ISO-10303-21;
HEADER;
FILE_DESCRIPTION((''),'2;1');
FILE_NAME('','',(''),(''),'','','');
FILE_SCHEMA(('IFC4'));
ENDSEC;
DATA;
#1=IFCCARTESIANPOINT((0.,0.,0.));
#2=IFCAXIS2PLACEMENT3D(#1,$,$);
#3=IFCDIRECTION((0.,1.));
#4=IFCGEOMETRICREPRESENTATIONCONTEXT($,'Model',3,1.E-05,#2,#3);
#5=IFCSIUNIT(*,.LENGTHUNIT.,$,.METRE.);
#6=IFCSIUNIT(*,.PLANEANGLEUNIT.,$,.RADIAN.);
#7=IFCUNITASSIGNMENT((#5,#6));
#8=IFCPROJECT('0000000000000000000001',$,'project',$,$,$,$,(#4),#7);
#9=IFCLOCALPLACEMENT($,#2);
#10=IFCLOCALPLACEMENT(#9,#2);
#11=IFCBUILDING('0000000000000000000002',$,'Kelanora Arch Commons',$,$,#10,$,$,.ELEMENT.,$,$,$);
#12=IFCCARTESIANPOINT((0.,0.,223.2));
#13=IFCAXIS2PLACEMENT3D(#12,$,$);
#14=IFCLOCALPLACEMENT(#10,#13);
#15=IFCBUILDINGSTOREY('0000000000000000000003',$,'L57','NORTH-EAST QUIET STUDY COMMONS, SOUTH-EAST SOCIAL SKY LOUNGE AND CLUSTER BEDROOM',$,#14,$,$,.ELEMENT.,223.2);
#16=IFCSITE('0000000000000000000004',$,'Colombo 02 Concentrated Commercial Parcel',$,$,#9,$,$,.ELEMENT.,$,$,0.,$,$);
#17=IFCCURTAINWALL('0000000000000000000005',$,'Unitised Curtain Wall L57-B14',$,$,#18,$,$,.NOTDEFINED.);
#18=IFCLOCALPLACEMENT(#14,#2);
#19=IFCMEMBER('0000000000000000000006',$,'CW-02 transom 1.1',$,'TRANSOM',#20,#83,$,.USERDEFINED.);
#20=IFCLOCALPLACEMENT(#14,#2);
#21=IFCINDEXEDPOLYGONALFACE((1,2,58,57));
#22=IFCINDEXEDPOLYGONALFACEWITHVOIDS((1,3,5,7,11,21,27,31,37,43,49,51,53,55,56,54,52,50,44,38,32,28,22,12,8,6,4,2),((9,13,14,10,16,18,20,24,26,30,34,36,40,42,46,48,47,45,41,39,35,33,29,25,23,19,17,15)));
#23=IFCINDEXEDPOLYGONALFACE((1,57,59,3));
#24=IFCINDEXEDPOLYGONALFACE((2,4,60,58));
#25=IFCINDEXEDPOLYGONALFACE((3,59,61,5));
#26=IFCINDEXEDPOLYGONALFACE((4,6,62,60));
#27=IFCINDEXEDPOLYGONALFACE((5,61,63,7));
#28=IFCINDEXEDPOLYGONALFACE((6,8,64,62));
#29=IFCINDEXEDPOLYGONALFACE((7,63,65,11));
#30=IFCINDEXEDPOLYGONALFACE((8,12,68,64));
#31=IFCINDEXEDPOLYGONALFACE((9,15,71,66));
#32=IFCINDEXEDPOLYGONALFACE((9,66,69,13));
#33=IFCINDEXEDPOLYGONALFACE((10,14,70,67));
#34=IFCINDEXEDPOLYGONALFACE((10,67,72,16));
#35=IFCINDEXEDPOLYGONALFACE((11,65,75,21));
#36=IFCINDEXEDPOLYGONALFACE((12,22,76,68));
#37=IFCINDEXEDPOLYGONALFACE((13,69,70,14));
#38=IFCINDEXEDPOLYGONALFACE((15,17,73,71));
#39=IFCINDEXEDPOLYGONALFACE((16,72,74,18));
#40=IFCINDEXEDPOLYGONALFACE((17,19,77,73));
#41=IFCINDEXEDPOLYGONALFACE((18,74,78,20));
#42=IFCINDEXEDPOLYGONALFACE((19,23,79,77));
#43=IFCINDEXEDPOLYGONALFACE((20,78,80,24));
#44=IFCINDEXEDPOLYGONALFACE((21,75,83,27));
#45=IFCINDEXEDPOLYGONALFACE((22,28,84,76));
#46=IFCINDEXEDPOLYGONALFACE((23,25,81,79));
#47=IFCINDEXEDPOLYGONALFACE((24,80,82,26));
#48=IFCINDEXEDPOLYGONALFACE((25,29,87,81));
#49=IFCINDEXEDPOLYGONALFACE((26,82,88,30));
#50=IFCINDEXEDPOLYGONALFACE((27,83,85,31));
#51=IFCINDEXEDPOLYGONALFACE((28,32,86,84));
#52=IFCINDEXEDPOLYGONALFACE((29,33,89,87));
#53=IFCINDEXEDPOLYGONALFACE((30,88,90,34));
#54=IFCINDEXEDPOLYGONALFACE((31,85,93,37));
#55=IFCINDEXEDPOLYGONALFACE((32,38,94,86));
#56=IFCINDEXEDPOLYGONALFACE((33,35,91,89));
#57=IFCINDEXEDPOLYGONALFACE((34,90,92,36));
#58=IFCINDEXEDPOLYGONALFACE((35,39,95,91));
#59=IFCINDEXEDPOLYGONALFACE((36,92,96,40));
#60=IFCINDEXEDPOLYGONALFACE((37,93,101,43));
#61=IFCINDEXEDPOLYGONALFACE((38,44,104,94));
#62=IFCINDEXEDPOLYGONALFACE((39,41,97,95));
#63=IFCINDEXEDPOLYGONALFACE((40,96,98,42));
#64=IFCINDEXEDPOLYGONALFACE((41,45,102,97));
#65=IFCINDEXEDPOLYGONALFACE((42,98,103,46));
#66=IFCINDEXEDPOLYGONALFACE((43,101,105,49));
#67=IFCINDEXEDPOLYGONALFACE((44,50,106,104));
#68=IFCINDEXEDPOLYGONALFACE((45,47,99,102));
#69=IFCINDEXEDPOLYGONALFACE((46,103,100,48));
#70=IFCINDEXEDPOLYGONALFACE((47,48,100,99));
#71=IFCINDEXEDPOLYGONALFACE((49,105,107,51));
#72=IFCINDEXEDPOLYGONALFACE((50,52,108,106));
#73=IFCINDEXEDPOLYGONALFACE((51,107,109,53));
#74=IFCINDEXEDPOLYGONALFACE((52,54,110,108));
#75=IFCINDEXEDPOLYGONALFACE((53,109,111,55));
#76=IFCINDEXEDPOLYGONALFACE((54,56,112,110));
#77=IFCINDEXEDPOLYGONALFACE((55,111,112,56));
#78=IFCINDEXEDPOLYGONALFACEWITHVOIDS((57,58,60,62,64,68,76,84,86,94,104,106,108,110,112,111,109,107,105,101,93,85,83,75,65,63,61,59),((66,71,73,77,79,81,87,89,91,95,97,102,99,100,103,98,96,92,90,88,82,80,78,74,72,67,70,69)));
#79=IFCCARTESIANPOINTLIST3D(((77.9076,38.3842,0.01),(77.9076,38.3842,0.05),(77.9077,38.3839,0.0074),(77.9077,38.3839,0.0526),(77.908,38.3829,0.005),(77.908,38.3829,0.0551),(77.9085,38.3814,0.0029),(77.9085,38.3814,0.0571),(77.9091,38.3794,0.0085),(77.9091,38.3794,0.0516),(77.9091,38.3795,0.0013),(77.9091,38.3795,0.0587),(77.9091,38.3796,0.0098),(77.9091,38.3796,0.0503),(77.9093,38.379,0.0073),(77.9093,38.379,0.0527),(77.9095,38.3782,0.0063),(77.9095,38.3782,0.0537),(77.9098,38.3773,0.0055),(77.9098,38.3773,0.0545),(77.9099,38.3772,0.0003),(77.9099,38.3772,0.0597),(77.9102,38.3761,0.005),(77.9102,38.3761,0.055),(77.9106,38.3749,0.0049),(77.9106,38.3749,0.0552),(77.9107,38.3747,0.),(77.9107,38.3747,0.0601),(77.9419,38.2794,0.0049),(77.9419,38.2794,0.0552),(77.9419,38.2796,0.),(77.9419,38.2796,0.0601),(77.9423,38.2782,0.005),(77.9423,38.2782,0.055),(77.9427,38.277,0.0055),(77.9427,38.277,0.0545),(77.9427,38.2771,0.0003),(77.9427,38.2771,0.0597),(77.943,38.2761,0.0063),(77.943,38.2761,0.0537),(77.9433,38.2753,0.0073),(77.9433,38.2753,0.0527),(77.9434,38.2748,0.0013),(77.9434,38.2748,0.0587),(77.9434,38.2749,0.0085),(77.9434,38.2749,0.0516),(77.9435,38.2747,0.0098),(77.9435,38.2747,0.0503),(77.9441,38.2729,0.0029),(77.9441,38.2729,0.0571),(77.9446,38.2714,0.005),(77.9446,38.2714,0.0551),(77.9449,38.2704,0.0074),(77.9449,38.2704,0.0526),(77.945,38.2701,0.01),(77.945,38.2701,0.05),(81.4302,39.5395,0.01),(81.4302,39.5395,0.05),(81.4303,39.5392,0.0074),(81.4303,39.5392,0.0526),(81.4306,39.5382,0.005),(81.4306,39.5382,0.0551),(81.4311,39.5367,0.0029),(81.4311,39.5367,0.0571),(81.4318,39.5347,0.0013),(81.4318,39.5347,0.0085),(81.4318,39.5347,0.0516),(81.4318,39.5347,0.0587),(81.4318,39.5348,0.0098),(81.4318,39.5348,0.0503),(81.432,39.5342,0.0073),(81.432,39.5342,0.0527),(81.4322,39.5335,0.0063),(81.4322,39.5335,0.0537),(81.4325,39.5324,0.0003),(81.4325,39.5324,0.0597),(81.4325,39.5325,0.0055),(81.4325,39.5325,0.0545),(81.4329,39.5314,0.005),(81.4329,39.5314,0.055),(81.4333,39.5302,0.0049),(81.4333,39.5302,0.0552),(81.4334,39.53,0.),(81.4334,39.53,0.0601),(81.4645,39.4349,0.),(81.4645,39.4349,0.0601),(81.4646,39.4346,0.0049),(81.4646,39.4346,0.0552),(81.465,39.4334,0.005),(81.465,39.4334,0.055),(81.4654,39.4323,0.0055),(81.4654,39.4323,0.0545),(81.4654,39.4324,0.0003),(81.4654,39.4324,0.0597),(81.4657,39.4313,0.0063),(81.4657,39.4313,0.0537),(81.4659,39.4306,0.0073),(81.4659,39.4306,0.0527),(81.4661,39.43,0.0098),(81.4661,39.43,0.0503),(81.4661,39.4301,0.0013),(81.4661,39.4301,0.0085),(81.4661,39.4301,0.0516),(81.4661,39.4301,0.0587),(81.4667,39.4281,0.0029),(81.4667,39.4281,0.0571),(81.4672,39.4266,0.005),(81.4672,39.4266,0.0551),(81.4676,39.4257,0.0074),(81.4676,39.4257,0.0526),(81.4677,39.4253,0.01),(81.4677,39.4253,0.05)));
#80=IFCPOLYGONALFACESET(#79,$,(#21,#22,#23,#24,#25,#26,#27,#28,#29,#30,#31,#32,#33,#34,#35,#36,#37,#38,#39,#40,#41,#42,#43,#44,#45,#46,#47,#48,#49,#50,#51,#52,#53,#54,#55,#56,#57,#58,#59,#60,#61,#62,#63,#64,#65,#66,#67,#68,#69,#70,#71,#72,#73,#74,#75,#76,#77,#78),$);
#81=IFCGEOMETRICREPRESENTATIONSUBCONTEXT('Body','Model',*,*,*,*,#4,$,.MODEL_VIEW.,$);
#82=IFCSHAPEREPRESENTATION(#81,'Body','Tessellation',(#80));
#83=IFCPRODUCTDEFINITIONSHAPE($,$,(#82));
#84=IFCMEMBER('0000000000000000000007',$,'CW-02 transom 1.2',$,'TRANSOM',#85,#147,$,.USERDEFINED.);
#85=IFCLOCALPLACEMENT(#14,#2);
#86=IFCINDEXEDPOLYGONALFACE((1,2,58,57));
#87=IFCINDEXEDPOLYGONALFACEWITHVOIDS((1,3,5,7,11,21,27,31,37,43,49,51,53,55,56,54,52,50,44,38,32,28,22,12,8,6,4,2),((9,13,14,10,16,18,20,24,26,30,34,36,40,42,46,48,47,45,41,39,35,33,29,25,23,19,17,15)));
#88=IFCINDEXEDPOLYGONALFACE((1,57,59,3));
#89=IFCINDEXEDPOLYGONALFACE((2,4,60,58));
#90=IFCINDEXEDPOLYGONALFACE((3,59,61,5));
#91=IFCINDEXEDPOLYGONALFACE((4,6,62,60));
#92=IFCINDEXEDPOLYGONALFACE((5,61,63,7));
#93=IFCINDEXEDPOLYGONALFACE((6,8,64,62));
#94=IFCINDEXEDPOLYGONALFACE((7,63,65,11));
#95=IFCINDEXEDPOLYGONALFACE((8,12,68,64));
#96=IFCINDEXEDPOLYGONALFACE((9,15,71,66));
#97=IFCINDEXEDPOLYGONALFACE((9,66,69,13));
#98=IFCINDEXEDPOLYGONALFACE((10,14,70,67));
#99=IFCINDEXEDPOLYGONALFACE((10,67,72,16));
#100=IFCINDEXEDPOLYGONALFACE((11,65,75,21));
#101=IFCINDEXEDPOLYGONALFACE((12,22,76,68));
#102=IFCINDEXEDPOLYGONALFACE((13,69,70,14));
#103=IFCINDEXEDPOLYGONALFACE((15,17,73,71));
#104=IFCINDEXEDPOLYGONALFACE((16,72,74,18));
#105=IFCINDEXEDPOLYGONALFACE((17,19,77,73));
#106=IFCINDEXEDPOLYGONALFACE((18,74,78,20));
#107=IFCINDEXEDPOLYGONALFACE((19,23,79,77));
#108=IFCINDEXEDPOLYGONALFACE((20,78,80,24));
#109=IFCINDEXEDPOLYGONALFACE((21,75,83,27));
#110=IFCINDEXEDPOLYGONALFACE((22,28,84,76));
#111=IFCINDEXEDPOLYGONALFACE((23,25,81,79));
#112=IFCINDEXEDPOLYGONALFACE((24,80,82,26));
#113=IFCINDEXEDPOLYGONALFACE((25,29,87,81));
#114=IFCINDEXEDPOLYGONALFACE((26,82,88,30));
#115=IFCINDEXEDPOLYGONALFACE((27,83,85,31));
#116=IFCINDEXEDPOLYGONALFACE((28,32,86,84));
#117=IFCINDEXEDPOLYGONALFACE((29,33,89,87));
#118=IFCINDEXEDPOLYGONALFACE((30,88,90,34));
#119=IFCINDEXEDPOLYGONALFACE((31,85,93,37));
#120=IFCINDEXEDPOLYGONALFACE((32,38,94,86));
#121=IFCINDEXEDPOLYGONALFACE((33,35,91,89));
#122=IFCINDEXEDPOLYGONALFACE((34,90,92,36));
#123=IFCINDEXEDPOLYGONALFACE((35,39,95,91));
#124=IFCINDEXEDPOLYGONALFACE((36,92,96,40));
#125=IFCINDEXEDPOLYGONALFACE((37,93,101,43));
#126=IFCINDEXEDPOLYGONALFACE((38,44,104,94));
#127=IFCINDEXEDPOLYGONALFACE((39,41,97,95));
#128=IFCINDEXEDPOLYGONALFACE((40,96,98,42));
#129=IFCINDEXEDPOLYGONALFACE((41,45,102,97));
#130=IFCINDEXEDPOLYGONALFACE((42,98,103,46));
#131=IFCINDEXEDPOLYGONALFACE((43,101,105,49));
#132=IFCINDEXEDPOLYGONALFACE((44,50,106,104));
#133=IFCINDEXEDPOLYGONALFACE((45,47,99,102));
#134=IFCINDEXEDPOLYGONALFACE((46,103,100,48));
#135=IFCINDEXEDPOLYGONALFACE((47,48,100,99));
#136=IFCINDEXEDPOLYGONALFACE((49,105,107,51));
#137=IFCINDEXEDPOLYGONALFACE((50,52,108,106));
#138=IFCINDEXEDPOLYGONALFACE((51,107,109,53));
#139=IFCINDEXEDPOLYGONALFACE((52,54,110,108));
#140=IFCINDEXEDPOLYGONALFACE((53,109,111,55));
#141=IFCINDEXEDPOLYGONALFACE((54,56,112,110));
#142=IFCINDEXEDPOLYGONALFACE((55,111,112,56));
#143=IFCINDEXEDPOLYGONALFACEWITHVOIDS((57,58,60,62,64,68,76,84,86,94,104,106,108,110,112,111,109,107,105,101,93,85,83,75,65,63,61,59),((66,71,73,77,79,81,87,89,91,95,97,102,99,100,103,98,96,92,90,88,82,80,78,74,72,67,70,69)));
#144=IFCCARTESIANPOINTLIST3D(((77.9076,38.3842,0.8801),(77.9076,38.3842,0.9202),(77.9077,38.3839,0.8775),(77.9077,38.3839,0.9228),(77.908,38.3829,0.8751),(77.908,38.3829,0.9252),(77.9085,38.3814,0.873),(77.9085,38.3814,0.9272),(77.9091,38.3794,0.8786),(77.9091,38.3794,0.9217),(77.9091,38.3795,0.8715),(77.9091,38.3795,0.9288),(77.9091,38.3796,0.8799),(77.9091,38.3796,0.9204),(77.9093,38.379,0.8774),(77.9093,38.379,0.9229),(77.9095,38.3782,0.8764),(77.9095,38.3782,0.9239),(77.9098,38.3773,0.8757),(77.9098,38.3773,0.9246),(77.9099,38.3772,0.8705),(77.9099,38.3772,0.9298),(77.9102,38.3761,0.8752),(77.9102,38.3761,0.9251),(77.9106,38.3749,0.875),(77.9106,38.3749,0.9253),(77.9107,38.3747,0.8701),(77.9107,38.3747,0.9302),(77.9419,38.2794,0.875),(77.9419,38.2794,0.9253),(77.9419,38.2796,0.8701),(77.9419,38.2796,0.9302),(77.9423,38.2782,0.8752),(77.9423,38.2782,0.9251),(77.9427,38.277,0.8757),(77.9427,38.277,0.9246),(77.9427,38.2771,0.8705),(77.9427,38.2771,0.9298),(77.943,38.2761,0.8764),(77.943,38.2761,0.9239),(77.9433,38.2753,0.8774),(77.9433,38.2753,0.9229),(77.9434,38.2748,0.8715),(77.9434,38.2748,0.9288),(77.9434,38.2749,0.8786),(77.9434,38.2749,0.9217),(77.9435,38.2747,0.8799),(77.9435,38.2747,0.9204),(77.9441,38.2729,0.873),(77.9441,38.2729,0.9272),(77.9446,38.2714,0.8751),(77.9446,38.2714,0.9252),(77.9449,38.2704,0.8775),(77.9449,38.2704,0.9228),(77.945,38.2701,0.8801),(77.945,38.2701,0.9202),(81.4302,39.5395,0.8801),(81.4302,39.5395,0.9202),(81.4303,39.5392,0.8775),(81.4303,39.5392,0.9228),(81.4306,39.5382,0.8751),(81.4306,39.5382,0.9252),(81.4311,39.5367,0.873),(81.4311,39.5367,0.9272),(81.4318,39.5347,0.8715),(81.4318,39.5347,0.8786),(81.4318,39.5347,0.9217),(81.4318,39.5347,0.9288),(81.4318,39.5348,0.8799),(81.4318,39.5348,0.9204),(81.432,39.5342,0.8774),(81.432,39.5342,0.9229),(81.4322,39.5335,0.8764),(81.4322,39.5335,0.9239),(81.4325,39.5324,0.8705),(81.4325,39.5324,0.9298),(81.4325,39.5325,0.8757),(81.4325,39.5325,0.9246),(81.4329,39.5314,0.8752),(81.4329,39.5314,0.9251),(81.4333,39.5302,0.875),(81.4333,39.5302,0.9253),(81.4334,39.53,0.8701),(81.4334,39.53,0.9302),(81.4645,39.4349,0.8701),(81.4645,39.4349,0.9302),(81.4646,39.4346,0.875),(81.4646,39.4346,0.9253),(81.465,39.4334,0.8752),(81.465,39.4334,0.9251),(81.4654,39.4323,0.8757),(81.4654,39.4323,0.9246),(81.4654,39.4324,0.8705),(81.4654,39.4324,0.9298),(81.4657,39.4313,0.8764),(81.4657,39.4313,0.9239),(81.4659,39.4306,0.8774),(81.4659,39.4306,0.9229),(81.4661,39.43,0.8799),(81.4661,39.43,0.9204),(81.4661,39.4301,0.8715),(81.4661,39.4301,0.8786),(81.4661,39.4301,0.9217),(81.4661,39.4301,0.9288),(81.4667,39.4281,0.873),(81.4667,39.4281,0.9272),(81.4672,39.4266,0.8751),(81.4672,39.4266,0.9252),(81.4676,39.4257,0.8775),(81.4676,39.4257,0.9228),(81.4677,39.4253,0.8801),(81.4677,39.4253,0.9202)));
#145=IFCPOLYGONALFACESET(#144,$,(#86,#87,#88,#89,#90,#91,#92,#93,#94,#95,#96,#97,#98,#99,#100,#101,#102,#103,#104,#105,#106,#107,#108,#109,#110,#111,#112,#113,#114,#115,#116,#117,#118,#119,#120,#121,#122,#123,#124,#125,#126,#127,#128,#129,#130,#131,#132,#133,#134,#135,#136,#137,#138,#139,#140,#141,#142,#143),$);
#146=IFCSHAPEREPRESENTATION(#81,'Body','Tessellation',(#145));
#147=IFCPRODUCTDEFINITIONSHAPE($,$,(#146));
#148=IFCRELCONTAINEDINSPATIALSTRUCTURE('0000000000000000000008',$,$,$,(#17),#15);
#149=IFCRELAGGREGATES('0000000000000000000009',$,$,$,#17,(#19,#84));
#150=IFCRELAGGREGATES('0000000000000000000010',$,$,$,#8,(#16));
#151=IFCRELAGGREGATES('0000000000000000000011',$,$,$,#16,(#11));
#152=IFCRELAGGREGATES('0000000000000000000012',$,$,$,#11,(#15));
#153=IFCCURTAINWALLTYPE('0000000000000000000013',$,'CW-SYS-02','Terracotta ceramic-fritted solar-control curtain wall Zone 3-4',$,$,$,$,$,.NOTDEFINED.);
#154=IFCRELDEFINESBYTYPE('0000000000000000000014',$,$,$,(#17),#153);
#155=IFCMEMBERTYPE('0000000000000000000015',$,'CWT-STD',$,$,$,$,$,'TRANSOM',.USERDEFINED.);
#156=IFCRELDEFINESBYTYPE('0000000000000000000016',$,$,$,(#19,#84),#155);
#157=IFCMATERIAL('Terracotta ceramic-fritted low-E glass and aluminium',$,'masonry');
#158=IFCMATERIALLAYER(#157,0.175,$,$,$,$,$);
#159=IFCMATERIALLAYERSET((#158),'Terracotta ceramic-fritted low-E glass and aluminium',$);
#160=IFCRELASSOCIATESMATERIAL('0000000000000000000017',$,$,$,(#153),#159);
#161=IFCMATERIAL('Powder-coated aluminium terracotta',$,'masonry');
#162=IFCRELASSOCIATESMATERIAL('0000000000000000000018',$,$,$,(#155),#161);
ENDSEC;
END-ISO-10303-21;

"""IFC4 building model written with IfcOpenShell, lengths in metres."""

from ifc_helpers import new_model, si_unit, direction, frame, origin, origin_2d, place, context, subcontext, project, spatial, hollow_rectangle, extrude, material, layer, layer_set, material_profile, profile_set, type_object, element, aggregate, save


model = new_model("IFC4")

# Units and contexts
model_context = context("Model", 3, precision=1e-05, world=origin(), true_north=direction((0.0, 1.0)))
body_context = subcontext(model_context, "Body", "Model", "MODEL_VIEW")
ifc_project = project(units=[si_unit("LENGTHUNIT", "METRE"), si_unit("PLANEANGLEUNIT", "RADIAN")], contexts=[model_context])

# Site, building, storey
site_placement = place(None, origin())
site = spatial("IfcSite", under=ifc_project, at=site_placement, Name="Colombo 02 Concentrated Commercial Parcel", CompositionType="ELEMENT", RefElevation=0.0)
building_placement = place(site_placement, origin())
building = spatial("IfcBuilding", under=site, at=building_placement, Name="Kelanora Arch Commons", CompositionType="ELEMENT")
storey_placement = place(building_placement, frame((0.0, 0.0, 223.2)))
storey = spatial("IfcBuildingStorey", under=building, at=storey_placement, Name="L57", Description="NORTH-EAST QUIET STUDY COMMONS, SOUTH-EAST SOCIAL SKY LOUNGE AND CLUSTER BEDROOM", CompositionType="ELEMENT", Elevation=223.2)

# Curtain wall, members
ifc_material_1 = material(Name="Terracotta ceramic-fritted low-E glass and aluminium", Category="masonry")
ifc_layer_1 = layer(ifc_material_1, 0.175)
ifc_layer_set_1 = layer_set([ifc_layer_1], Name="Terracotta ceramic-fritted low-E glass and aluminium")
curtain_wall_type = type_object("IfcCurtainWallType", Name="CW-SYS-02", Description="Terracotta ceramic-fritted solar-control curtain wall Zone 3-4", PredefinedType="NOTDEFINED", material=ifc_layer_set_1)
curtain_wall_placement = place(storey_placement, origin())
curtain_wall = element("IfcCurtainWall", 1, at=curtain_wall_placement, inside=storey, type_object=curtain_wall_type, Name="Unitised Curtain Wall L57-B14", PredefinedType="NOTDEFINED")
ifc_material_2 = material(Name="Powder-coated aluminium terracotta", Category="masonry")
ifc_material_profile_1 = material_profile(ifc_material_2, hollow_rectangle(XDim=0.1201, YDim=0.0601, WallThickness=0.0049, InnerFilletRadius=0.0049, OuterFilletRadius=0.01, at=origin_2d()), Name="CWT120x60")
ifc_profile_set_1 = profile_set([ifc_material_profile_1], Name="Powder-coated aluminium terracotta")
member_type_1 = type_object("IfcMemberType", Name="CWT-STD", ElementType="TRANSOM", PredefinedType="USERDEFINED", material=ifc_profile_set_1)
member_1_placement = place(storey_placement, frame((77.9263, 38.3271, 0.03), z_axis=(0.950207, 0.311621, 0.0), x_axis=(-0.311621, 0.950207, 0.0)))
member_1 = element("IfcMember", 2, at=member_1_placement, type_object=member_type_1, Name="CW-02 transom 1.1", ObjectType="TRANSOM", PredefinedType="USERDEFINED", context=body_context, shape_type="SweptSolid", body=[
    extrude(hollow_rectangle(XDim=0.1201, YDim=0.0601, WallThickness=0.0049, InnerFilletRadius=0.0049, OuterFilletRadius=0.01, at=origin_2d()), origin(), (0.0, 0.0, 1.0), 3.7073),
])
member_2_placement = place(storey_placement, frame((77.9263, 38.3271, 0.9001), z_axis=(0.950207, 0.311621, 0.0), x_axis=(-0.311621, 0.950207, 0.0)))
member_2 = element("IfcMember", 3, at=member_2_placement, type_object=member_type_1, Name="CW-02 transom 1.2", ObjectType="TRANSOM", PredefinedType="USERDEFINED", context=body_context, shape_type="SweptSolid", body=[
    extrude(hollow_rectangle(XDim=0.1201, YDim=0.0601, WallThickness=0.0049, InnerFilletRadius=0.0049, OuterFilletRadius=0.01, at=origin_2d()), origin(), (0.0, 0.0, 1.0), 3.7073),
])
aggregate(curtain_wall, [member_1, member_2])

save(model, "model.ifc")
